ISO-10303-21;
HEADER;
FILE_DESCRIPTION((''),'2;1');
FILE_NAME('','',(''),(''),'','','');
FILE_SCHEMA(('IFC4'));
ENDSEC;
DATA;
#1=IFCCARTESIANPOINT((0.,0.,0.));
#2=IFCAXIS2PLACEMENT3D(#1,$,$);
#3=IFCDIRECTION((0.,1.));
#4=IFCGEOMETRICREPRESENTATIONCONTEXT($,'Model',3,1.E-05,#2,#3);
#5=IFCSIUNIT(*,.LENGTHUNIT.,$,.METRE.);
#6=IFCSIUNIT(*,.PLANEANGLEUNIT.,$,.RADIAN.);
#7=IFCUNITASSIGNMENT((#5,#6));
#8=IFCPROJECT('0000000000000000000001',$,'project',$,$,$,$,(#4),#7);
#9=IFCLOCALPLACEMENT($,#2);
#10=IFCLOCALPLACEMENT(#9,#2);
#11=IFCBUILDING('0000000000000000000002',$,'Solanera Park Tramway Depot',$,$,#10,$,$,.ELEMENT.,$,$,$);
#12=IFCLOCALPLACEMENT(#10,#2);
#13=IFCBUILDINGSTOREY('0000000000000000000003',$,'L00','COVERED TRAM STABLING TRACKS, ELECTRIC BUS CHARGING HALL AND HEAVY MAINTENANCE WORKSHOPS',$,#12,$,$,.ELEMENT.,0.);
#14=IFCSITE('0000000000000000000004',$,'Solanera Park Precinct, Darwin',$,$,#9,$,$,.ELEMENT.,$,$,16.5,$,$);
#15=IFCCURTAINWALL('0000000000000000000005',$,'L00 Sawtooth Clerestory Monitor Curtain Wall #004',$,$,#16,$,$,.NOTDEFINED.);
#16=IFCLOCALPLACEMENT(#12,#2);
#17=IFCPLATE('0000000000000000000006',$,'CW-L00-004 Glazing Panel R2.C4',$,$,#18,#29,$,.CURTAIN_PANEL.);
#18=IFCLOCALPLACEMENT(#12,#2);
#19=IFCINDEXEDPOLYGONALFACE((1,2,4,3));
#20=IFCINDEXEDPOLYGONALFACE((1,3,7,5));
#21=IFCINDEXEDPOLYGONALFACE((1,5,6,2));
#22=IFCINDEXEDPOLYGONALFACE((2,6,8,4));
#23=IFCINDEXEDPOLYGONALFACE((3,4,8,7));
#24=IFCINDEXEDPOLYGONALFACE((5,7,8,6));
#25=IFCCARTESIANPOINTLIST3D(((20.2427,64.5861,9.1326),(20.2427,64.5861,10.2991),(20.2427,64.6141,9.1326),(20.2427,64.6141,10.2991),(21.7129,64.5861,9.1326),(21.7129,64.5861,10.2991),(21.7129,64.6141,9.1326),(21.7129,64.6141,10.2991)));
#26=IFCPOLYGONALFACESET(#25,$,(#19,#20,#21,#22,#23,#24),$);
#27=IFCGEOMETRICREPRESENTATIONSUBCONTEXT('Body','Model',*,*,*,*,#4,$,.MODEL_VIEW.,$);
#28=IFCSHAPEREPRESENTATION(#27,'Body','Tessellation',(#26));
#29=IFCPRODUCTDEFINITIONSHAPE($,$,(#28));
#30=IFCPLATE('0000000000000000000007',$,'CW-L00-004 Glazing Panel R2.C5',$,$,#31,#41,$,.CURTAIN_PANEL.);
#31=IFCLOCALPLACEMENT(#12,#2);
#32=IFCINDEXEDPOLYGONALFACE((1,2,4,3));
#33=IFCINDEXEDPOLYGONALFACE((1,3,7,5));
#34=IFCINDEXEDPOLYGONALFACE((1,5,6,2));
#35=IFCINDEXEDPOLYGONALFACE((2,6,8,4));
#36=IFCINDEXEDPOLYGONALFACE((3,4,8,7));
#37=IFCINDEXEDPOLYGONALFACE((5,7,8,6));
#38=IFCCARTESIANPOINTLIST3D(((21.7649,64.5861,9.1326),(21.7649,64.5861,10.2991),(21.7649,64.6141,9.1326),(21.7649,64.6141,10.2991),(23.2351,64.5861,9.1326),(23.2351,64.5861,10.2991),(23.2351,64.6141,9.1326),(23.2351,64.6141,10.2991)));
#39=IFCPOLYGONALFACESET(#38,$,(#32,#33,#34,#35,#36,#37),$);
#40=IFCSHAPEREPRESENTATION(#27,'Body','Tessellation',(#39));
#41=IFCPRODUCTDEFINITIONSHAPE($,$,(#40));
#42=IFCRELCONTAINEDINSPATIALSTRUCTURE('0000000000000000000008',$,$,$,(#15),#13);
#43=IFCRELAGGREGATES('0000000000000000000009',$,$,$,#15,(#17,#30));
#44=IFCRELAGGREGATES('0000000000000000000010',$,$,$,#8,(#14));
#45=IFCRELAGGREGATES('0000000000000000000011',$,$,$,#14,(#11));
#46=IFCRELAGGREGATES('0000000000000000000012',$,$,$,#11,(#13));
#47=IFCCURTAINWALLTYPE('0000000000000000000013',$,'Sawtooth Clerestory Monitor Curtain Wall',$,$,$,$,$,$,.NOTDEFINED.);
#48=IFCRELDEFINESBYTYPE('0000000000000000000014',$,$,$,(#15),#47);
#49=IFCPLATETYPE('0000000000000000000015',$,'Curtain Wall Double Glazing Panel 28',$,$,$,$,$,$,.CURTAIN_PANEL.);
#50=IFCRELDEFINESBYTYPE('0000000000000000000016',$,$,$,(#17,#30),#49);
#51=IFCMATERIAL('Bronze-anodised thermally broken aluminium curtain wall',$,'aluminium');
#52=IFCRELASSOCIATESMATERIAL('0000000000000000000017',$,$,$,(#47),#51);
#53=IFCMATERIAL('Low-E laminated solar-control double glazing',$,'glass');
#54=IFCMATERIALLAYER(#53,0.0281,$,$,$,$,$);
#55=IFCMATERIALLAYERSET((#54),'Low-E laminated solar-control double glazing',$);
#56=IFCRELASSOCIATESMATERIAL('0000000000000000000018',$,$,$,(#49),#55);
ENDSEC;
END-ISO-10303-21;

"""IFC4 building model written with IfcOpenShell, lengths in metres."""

from ifc_helpers import new_model, si_unit, direction, frame, origin, origin_2d, place, context, subcontext, project, spatial, rectangle, extrude, material, layer, layer_set, type_object, element, aggregate, save


model = new_model("IFC4")

# Units and contexts
model_context = context("Model", 3, precision=1e-05, world=origin(), true_north=direction((0.0, 1.0)))
body_context = subcontext(model_context, "Body", "Model", "MODEL_VIEW")
ifc_project = project(units=[si_unit("LENGTHUNIT", "METRE"), si_unit("PLANEANGLEUNIT", "RADIAN")], contexts=[model_context])

# Site, building, storey
site_placement = place(None, origin())
site = spatial("IfcSite", under=ifc_project, at=site_placement, Name="Solanera Park Precinct, Darwin", CompositionType="ELEMENT", RefElevation=16.5)
building_placement = place(site_placement, origin())
building = spatial("IfcBuilding", under=site, at=building_placement, Name="Solanera Park Tramway Depot", CompositionType="ELEMENT")
storey_placement = place(building_placement, origin())
storey = spatial("IfcBuildingStorey", under=building, at=storey_placement, Name="L00", Description="COVERED TRAM STABLING TRACKS, ELECTRIC BUS CHARGING HALL AND HEAVY MAINTENANCE WORKSHOPS", CompositionType="ELEMENT", Elevation=0.0)

# Curtain wall, plates
ifc_material_1 = material(Name="Bronze-anodised thermally broken aluminium curtain wall", Category="aluminium")
curtain_wall_type = type_object("IfcCurtainWallType", Name="Sawtooth Clerestory Monitor Curtain Wall", PredefinedType="NOTDEFINED", material=ifc_material_1)
curtain_wall_placement = place(storey_placement, origin())
curtain_wall = element("IfcCurtainWall", 1, at=curtain_wall_placement, inside=storey, type_object=curtain_wall_type, Name="L00 Sawtooth Clerestory Monitor Curtain Wall #004", PredefinedType="NOTDEFINED")
ifc_material_2 = material(Name="Low-E laminated solar-control double glazing", Category="glass")
ifc_layer = layer(ifc_material_2, 0.0281)
ifc_layer_set = layer_set([ifc_layer], Name="Low-E laminated solar-control double glazing")
plate_type = type_object("IfcPlateType", Name="Curtain Wall Double Glazing Panel 28", PredefinedType="CURTAIN_PANEL", material=ifc_layer_set)
plate_1_placement = place(storey_placement, frame((20.9778, 64.6001, 9.1326), z_axis=(0.0, 0.0, 1.0), x_axis=(1.0, 0.0, 0.0)))
plate_1 = element("IfcPlate", 2, at=plate_1_placement, type_object=plate_type, Name="CW-L00-004 Glazing Panel R2.C4", PredefinedType="CURTAIN_PANEL", context=body_context, shape_type="SweptSolid", body=[
    extrude(rectangle(XDim=1.4702, YDim=0.0281, at=origin_2d()), origin(), (0.0, 0.0, 1.0), 1.1665),
])
plate_2_placement = place(storey_placement, frame((22.5, 64.6001, 9.1326), z_axis=(0.0, 0.0, 1.0), x_axis=(1.0, 0.0, 0.0)))
plate_2 = element("IfcPlate", 3, at=plate_2_placement, type_object=plate_type, Name="CW-L00-004 Glazing Panel R2.C5", PredefinedType="CURTAIN_PANEL", context=body_context, shape_type="SweptSolid", body=[
    extrude(rectangle(XDim=1.4702, YDim=0.0281, at=origin_2d()), origin(), (0.0, 0.0, 1.0), 1.1665),
])
aggregate(curtain_wall, [plate_1, plate_2])

save(model, "model.ifc")
